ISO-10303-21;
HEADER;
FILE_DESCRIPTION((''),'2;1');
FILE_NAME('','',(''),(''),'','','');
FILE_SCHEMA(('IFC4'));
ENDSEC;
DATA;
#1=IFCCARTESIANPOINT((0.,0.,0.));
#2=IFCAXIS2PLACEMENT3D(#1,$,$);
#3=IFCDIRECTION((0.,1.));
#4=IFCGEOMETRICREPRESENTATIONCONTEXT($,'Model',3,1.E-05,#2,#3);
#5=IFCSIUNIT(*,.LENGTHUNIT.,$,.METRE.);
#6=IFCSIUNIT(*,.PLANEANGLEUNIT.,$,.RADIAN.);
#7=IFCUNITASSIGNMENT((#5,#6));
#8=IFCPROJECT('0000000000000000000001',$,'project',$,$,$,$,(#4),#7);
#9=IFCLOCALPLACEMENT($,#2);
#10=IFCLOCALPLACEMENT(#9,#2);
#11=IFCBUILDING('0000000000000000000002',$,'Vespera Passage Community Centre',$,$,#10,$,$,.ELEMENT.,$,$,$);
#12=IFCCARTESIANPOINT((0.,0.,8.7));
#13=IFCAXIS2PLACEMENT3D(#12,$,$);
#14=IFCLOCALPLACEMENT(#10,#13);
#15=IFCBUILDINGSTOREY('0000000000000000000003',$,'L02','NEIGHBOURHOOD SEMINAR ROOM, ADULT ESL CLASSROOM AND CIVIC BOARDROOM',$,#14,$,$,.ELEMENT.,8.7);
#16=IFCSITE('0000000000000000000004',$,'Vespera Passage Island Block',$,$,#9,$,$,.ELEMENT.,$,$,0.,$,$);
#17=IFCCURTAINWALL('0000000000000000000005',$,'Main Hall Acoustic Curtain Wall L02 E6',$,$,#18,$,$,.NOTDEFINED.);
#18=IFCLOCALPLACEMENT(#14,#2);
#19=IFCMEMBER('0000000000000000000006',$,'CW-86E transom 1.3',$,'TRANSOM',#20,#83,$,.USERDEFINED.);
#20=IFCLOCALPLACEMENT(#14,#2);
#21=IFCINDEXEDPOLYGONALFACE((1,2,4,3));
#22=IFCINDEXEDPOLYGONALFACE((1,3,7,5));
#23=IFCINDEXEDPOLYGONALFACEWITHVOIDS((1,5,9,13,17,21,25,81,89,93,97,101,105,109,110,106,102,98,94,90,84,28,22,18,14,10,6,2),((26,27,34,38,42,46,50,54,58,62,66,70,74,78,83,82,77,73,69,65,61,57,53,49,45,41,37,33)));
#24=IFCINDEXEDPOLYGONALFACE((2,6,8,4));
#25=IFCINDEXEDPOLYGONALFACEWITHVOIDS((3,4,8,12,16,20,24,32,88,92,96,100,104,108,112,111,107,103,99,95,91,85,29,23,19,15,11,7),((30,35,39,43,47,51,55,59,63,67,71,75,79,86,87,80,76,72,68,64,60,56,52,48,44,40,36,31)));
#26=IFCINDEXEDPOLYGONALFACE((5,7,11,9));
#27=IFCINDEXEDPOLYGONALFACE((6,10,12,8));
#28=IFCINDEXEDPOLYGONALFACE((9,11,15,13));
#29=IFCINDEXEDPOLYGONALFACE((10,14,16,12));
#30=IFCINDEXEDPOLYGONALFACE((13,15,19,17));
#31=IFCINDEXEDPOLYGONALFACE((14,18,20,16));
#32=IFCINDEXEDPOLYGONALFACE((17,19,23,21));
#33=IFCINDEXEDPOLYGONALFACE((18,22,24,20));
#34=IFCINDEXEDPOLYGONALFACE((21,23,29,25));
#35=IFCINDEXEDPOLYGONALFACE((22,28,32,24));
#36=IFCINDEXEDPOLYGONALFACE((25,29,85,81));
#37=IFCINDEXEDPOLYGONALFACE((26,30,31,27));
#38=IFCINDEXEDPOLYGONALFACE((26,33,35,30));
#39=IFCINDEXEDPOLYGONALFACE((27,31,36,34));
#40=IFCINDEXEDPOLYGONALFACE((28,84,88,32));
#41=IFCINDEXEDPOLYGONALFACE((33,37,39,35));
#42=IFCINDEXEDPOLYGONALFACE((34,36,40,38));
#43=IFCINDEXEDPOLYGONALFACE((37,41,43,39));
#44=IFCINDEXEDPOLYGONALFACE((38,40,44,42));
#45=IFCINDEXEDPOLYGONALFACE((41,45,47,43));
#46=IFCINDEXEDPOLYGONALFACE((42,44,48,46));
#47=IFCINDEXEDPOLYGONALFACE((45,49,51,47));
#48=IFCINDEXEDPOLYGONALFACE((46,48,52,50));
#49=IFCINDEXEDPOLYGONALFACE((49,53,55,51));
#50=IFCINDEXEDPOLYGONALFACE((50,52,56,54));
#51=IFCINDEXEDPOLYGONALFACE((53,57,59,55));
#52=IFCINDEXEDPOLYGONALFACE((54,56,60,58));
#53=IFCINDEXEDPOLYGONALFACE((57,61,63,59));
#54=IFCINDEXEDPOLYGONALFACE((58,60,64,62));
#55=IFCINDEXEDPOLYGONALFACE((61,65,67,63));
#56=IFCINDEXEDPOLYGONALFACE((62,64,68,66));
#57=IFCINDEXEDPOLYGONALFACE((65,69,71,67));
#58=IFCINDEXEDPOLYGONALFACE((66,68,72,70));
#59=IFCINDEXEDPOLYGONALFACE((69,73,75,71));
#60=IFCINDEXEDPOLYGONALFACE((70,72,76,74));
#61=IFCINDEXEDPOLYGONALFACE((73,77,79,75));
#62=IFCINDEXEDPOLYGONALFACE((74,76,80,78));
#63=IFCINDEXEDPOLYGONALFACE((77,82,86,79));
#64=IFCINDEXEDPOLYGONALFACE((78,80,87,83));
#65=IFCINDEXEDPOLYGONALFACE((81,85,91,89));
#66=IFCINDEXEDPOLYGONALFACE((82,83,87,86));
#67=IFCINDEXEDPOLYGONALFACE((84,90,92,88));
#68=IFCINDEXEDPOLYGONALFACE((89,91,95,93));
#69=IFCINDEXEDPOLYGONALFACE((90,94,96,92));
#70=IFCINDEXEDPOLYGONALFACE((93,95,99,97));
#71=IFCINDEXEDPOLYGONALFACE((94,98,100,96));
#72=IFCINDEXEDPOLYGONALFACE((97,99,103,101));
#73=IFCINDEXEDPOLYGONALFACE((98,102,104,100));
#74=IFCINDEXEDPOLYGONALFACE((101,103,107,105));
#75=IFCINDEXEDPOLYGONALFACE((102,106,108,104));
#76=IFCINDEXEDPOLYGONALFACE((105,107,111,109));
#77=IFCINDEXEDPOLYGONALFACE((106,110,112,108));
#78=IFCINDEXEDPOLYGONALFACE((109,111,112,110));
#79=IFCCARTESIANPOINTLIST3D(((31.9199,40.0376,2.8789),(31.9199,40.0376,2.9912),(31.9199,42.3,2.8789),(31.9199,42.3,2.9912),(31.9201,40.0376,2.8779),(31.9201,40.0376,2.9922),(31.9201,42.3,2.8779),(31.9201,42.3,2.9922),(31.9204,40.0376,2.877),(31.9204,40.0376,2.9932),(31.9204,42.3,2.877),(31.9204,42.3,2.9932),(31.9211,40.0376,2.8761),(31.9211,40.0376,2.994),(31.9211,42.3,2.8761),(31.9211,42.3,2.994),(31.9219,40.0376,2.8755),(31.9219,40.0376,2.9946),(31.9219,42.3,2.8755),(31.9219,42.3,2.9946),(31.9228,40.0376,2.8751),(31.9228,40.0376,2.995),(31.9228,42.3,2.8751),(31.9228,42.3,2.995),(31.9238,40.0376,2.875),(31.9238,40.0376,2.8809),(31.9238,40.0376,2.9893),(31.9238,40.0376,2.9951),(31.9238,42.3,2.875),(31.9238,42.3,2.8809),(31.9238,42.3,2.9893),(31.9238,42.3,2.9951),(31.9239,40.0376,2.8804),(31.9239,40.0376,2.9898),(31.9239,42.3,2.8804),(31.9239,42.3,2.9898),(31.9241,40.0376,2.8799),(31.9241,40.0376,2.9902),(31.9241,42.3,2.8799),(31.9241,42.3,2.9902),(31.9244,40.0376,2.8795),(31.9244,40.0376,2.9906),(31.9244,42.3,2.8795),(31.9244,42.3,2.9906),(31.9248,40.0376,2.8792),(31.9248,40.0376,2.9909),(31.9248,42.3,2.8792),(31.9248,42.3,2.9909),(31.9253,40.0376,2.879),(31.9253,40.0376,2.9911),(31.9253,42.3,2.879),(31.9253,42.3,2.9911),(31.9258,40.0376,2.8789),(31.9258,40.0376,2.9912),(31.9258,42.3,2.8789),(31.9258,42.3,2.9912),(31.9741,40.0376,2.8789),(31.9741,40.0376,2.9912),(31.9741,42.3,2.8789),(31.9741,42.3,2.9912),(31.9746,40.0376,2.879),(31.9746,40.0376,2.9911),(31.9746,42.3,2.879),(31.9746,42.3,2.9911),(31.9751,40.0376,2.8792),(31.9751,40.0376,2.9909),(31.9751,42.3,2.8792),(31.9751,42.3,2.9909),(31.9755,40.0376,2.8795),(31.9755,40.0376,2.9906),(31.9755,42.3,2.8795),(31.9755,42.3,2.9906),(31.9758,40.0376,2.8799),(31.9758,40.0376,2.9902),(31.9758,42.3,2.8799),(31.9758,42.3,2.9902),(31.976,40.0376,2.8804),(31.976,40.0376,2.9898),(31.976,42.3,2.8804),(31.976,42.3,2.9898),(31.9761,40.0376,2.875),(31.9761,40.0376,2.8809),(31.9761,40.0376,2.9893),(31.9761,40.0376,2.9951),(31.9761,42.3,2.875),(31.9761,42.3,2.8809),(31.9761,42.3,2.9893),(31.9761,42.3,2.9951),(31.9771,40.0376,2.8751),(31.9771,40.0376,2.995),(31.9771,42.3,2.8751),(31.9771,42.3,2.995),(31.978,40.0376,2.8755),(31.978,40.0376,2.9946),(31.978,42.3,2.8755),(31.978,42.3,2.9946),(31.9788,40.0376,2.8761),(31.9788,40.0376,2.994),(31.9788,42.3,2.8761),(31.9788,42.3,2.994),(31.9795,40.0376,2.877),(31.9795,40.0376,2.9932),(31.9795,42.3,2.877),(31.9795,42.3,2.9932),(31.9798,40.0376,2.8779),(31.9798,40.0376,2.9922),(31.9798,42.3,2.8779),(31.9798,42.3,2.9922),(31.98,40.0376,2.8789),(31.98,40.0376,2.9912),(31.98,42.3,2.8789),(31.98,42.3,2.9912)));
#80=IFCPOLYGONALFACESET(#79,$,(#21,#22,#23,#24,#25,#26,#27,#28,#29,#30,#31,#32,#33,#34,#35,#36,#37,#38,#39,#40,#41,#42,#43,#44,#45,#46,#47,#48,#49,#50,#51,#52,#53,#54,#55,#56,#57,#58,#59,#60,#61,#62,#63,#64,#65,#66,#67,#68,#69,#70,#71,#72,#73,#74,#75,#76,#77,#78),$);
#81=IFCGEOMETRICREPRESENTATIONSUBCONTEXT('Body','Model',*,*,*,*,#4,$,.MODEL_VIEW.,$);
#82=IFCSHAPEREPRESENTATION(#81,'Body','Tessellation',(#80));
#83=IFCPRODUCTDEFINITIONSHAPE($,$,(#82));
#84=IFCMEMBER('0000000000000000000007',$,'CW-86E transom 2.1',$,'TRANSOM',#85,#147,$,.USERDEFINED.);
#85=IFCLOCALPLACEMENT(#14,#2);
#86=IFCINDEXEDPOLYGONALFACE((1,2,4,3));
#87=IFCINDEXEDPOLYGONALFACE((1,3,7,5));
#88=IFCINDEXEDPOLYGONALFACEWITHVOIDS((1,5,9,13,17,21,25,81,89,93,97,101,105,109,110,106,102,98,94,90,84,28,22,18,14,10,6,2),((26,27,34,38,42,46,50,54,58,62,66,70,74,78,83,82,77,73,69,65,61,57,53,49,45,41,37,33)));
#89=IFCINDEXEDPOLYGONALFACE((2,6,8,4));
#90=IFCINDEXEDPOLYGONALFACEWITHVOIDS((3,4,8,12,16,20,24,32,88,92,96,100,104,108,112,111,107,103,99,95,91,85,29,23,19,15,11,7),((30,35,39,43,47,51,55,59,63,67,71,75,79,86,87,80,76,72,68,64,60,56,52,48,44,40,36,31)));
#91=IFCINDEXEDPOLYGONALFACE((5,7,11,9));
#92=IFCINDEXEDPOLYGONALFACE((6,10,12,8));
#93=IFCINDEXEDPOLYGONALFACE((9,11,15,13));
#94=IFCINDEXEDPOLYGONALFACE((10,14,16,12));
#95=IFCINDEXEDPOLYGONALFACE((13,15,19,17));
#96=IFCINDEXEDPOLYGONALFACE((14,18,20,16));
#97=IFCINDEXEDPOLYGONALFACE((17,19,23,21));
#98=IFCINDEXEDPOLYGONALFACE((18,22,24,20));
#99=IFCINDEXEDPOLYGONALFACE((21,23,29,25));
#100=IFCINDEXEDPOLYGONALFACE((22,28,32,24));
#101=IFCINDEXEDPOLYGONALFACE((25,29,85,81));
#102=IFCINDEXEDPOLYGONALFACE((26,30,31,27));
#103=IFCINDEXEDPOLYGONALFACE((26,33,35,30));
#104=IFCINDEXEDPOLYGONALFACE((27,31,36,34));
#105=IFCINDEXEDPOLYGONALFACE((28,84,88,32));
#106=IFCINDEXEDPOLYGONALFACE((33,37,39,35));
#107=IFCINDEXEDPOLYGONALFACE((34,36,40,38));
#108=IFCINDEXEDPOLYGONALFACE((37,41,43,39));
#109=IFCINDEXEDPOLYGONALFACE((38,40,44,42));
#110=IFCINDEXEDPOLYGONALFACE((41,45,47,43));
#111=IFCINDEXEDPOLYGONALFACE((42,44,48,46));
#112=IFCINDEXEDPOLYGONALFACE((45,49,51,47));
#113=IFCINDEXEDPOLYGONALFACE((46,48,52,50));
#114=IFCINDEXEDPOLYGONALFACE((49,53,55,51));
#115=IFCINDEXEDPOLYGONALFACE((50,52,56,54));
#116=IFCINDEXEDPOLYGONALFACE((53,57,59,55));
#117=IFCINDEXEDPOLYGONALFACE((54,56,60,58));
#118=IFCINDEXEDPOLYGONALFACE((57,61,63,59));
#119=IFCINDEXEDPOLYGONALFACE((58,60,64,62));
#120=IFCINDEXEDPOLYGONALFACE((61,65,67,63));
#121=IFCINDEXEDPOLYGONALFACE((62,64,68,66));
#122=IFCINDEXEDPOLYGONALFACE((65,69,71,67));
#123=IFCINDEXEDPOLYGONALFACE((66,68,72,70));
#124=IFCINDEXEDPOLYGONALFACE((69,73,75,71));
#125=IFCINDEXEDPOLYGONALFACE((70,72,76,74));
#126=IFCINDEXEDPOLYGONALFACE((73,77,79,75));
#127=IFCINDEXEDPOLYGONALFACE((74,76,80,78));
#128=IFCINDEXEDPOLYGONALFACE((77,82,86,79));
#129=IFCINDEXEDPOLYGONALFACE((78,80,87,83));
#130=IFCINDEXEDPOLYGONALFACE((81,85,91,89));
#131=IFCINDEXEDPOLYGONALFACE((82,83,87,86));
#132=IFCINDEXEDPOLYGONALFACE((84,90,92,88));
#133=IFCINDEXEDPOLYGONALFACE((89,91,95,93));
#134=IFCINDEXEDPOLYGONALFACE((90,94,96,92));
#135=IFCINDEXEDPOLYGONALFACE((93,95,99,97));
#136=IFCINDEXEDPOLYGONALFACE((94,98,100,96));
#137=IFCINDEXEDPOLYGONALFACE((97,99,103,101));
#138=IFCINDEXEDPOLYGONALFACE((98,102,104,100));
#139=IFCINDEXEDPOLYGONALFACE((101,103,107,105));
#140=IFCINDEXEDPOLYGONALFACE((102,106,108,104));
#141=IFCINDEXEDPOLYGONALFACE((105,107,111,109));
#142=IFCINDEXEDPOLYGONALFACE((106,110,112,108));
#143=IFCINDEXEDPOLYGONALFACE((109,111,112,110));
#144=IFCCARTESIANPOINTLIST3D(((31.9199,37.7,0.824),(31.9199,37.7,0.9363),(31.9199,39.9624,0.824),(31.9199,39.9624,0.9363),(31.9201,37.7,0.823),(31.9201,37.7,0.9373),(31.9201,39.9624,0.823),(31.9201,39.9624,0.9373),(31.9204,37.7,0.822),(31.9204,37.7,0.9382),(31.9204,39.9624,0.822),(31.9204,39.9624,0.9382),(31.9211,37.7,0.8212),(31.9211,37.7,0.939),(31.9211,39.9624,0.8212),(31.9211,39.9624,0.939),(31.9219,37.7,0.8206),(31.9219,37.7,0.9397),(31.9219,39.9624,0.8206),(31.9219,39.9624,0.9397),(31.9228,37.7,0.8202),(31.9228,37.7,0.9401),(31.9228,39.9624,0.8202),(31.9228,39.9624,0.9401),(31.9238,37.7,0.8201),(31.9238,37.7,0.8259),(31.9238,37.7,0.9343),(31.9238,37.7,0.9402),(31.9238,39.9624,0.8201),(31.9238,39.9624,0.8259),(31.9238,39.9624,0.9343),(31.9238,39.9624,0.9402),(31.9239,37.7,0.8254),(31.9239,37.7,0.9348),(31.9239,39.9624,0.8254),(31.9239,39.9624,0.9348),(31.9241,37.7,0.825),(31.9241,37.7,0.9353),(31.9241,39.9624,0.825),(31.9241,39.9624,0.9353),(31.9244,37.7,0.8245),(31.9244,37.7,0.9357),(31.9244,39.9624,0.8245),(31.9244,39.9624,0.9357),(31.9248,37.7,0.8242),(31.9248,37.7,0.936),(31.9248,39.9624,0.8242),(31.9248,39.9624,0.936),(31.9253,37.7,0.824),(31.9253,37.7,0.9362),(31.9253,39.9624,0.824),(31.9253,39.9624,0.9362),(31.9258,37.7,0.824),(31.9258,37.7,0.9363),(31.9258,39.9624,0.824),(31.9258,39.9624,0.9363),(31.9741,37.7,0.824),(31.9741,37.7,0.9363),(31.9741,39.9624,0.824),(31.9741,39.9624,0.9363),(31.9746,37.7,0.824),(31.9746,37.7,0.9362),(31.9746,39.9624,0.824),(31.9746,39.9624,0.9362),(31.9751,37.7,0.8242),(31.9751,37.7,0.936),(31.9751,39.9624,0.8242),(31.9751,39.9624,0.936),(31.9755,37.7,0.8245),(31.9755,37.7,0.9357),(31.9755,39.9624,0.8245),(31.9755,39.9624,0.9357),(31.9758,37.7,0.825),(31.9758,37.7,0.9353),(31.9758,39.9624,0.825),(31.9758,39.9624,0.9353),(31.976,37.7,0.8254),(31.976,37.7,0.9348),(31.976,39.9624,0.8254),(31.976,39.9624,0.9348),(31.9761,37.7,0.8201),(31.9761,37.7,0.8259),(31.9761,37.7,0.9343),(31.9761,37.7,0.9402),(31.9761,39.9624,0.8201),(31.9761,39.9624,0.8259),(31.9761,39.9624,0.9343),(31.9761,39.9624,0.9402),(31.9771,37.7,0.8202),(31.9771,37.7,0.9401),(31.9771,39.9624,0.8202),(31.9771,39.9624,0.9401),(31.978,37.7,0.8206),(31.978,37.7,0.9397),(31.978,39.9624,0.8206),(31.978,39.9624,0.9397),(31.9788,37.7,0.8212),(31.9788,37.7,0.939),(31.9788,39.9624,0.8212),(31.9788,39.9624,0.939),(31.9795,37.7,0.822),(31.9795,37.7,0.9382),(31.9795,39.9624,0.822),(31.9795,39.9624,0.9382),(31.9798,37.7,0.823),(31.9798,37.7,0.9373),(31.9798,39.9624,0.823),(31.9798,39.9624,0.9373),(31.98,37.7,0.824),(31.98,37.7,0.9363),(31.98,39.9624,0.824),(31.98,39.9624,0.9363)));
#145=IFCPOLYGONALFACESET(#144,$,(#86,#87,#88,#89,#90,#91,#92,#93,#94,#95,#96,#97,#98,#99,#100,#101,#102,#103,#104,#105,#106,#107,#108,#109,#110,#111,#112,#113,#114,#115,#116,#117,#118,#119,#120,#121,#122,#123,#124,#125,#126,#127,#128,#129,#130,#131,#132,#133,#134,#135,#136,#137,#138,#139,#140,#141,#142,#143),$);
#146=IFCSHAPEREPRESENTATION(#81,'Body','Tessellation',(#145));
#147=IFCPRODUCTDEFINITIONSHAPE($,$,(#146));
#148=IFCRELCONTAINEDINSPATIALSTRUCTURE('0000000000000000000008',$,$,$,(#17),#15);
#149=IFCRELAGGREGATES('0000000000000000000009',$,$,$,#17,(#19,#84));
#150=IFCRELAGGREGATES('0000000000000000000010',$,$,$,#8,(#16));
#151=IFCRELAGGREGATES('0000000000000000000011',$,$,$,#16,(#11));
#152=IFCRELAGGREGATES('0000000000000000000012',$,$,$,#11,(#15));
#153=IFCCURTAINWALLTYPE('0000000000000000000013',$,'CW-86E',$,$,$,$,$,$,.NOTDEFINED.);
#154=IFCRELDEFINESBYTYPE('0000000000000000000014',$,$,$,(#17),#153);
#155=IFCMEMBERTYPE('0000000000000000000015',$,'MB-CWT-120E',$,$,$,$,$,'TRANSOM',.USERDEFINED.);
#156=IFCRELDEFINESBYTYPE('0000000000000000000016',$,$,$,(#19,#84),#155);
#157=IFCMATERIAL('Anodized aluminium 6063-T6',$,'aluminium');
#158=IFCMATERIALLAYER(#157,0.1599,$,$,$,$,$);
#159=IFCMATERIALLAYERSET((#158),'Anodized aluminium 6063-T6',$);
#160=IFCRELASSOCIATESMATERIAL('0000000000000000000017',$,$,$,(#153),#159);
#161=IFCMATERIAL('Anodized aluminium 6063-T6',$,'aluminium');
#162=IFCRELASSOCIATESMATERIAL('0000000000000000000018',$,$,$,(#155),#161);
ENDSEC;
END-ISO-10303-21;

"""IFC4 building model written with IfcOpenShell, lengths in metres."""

from ifc_helpers import new_model, si_unit, direction, frame, origin, origin_2d, place, context, subcontext, project, spatial, hollow_rectangle, extrude, material, layer, layer_set, material_profile, profile_set, type_object, element, aggregate, save


model = new_model("IFC4")

# Units and contexts
model_context = context("Model", 3, precision=1e-05, world=origin(), true_north=direction((0.0, 1.0)))
body_context = subcontext(model_context, "Body", "Model", "MODEL_VIEW")
ifc_project = project(units=[si_unit("LENGTHUNIT", "METRE"), si_unit("PLANEANGLEUNIT", "RADIAN")], contexts=[model_context])

# Site, building, storey
site_placement = place(None, origin())
site = spatial("IfcSite", under=ifc_project, at=site_placement, Name="Vespera Passage Island Block", CompositionType="ELEMENT", RefElevation=0.0)
building_placement = place(site_placement, origin())
building = spatial("IfcBuilding", under=site, at=building_placement, Name="Vespera Passage Community Centre", CompositionType="ELEMENT")
storey_placement = place(building_placement, frame((0.0, 0.0, 8.7)))
storey = spatial("IfcBuildingStorey", under=building, at=storey_placement, Name="L02", Description="NEIGHBOURHOOD SEMINAR ROOM, ADULT ESL CLASSROOM AND CIVIC BOARDROOM", CompositionType="ELEMENT", Elevation=8.7)

# Curtain wall
ifc_material_1 = material(Name="Anodized aluminium 6063-T6", Category="aluminium")
ifc_layer_1 = layer(ifc_material_1, 0.1599)
ifc_layer_set_1 = layer_set([ifc_layer_1], Name="Anodized aluminium 6063-T6")
curtain_wall_type_1 = type_object("IfcCurtainWallType", Name="CW-86E", PredefinedType="NOTDEFINED", material=ifc_layer_set_1)
curtain_wall_1_placement = place(storey_placement, origin())
curtain_wall_1 = element("IfcCurtainWall", 1, at=curtain_wall_1_placement, inside=storey, type_object=curtain_wall_type_1, Name="Main Hall Acoustic Curtain Wall L02 E6", PredefinedType="NOTDEFINED")

# Members
ifc_material_2 = material(Name="Anodized aluminium 6063-T6", Category="aluminium")
ifc_material_profile_1 = material_profile(ifc_material_2, hollow_rectangle(XDim=0.0601, YDim=0.1201, WallThickness=0.0039, InnerFilletRadius=0.002, OuterFilletRadius=0.0039, at=origin_2d()), Name="ALU120X60X4")
ifc_profile_set_1 = profile_set([ifc_material_profile_1], Name="Anodized aluminium 6063-T6")
member_type_1 = type_object("IfcMemberType", Name="MB-CWT-120E", ElementType="TRANSOM", PredefinedType="USERDEFINED", material=ifc_profile_set_1)
member_1_placement = place(storey_placement, frame((31.95, 42.3, 2.9351), z_axis=(0.0, -1.0, 0.0), x_axis=(1.0, 0.0, 0.0)))
member_1 = element("IfcMember", 2, at=member_1_placement, type_object=member_type_1, Name="CW-86E transom 1.3", ObjectType="TRANSOM", PredefinedType="USERDEFINED", context=body_context, shape_type="SweptSolid", body=[
    extrude(hollow_rectangle(XDim=0.0601, YDim=0.1201, WallThickness=0.0039, InnerFilletRadius=0.002, OuterFilletRadius=0.0039, at=origin_2d()), origin(), (0.0, 0.0, 1.0), 2.2625),
])
member_2_placement = place(storey_placement, frame((31.95, 39.9624, 0.8801), z_axis=(0.0, -1.0, 0.0), x_axis=(1.0, 0.0, 0.0)))
member_2 = element("IfcMember", 3, at=member_2_placement, type_object=member_type_1, Name="CW-86E transom 2.1", ObjectType="TRANSOM", PredefinedType="USERDEFINED", context=body_context, shape_type="SweptSolid", body=[
    extrude(hollow_rectangle(XDim=0.0601, YDim=0.1201, WallThickness=0.0039, InnerFilletRadius=0.002, OuterFilletRadius=0.0039, at=origin_2d()), origin(), (0.0, 0.0, 1.0), 2.2625),
])

aggregate(curtain_wall_1, [member_1, member_2])

save(model, "model.ifc")
